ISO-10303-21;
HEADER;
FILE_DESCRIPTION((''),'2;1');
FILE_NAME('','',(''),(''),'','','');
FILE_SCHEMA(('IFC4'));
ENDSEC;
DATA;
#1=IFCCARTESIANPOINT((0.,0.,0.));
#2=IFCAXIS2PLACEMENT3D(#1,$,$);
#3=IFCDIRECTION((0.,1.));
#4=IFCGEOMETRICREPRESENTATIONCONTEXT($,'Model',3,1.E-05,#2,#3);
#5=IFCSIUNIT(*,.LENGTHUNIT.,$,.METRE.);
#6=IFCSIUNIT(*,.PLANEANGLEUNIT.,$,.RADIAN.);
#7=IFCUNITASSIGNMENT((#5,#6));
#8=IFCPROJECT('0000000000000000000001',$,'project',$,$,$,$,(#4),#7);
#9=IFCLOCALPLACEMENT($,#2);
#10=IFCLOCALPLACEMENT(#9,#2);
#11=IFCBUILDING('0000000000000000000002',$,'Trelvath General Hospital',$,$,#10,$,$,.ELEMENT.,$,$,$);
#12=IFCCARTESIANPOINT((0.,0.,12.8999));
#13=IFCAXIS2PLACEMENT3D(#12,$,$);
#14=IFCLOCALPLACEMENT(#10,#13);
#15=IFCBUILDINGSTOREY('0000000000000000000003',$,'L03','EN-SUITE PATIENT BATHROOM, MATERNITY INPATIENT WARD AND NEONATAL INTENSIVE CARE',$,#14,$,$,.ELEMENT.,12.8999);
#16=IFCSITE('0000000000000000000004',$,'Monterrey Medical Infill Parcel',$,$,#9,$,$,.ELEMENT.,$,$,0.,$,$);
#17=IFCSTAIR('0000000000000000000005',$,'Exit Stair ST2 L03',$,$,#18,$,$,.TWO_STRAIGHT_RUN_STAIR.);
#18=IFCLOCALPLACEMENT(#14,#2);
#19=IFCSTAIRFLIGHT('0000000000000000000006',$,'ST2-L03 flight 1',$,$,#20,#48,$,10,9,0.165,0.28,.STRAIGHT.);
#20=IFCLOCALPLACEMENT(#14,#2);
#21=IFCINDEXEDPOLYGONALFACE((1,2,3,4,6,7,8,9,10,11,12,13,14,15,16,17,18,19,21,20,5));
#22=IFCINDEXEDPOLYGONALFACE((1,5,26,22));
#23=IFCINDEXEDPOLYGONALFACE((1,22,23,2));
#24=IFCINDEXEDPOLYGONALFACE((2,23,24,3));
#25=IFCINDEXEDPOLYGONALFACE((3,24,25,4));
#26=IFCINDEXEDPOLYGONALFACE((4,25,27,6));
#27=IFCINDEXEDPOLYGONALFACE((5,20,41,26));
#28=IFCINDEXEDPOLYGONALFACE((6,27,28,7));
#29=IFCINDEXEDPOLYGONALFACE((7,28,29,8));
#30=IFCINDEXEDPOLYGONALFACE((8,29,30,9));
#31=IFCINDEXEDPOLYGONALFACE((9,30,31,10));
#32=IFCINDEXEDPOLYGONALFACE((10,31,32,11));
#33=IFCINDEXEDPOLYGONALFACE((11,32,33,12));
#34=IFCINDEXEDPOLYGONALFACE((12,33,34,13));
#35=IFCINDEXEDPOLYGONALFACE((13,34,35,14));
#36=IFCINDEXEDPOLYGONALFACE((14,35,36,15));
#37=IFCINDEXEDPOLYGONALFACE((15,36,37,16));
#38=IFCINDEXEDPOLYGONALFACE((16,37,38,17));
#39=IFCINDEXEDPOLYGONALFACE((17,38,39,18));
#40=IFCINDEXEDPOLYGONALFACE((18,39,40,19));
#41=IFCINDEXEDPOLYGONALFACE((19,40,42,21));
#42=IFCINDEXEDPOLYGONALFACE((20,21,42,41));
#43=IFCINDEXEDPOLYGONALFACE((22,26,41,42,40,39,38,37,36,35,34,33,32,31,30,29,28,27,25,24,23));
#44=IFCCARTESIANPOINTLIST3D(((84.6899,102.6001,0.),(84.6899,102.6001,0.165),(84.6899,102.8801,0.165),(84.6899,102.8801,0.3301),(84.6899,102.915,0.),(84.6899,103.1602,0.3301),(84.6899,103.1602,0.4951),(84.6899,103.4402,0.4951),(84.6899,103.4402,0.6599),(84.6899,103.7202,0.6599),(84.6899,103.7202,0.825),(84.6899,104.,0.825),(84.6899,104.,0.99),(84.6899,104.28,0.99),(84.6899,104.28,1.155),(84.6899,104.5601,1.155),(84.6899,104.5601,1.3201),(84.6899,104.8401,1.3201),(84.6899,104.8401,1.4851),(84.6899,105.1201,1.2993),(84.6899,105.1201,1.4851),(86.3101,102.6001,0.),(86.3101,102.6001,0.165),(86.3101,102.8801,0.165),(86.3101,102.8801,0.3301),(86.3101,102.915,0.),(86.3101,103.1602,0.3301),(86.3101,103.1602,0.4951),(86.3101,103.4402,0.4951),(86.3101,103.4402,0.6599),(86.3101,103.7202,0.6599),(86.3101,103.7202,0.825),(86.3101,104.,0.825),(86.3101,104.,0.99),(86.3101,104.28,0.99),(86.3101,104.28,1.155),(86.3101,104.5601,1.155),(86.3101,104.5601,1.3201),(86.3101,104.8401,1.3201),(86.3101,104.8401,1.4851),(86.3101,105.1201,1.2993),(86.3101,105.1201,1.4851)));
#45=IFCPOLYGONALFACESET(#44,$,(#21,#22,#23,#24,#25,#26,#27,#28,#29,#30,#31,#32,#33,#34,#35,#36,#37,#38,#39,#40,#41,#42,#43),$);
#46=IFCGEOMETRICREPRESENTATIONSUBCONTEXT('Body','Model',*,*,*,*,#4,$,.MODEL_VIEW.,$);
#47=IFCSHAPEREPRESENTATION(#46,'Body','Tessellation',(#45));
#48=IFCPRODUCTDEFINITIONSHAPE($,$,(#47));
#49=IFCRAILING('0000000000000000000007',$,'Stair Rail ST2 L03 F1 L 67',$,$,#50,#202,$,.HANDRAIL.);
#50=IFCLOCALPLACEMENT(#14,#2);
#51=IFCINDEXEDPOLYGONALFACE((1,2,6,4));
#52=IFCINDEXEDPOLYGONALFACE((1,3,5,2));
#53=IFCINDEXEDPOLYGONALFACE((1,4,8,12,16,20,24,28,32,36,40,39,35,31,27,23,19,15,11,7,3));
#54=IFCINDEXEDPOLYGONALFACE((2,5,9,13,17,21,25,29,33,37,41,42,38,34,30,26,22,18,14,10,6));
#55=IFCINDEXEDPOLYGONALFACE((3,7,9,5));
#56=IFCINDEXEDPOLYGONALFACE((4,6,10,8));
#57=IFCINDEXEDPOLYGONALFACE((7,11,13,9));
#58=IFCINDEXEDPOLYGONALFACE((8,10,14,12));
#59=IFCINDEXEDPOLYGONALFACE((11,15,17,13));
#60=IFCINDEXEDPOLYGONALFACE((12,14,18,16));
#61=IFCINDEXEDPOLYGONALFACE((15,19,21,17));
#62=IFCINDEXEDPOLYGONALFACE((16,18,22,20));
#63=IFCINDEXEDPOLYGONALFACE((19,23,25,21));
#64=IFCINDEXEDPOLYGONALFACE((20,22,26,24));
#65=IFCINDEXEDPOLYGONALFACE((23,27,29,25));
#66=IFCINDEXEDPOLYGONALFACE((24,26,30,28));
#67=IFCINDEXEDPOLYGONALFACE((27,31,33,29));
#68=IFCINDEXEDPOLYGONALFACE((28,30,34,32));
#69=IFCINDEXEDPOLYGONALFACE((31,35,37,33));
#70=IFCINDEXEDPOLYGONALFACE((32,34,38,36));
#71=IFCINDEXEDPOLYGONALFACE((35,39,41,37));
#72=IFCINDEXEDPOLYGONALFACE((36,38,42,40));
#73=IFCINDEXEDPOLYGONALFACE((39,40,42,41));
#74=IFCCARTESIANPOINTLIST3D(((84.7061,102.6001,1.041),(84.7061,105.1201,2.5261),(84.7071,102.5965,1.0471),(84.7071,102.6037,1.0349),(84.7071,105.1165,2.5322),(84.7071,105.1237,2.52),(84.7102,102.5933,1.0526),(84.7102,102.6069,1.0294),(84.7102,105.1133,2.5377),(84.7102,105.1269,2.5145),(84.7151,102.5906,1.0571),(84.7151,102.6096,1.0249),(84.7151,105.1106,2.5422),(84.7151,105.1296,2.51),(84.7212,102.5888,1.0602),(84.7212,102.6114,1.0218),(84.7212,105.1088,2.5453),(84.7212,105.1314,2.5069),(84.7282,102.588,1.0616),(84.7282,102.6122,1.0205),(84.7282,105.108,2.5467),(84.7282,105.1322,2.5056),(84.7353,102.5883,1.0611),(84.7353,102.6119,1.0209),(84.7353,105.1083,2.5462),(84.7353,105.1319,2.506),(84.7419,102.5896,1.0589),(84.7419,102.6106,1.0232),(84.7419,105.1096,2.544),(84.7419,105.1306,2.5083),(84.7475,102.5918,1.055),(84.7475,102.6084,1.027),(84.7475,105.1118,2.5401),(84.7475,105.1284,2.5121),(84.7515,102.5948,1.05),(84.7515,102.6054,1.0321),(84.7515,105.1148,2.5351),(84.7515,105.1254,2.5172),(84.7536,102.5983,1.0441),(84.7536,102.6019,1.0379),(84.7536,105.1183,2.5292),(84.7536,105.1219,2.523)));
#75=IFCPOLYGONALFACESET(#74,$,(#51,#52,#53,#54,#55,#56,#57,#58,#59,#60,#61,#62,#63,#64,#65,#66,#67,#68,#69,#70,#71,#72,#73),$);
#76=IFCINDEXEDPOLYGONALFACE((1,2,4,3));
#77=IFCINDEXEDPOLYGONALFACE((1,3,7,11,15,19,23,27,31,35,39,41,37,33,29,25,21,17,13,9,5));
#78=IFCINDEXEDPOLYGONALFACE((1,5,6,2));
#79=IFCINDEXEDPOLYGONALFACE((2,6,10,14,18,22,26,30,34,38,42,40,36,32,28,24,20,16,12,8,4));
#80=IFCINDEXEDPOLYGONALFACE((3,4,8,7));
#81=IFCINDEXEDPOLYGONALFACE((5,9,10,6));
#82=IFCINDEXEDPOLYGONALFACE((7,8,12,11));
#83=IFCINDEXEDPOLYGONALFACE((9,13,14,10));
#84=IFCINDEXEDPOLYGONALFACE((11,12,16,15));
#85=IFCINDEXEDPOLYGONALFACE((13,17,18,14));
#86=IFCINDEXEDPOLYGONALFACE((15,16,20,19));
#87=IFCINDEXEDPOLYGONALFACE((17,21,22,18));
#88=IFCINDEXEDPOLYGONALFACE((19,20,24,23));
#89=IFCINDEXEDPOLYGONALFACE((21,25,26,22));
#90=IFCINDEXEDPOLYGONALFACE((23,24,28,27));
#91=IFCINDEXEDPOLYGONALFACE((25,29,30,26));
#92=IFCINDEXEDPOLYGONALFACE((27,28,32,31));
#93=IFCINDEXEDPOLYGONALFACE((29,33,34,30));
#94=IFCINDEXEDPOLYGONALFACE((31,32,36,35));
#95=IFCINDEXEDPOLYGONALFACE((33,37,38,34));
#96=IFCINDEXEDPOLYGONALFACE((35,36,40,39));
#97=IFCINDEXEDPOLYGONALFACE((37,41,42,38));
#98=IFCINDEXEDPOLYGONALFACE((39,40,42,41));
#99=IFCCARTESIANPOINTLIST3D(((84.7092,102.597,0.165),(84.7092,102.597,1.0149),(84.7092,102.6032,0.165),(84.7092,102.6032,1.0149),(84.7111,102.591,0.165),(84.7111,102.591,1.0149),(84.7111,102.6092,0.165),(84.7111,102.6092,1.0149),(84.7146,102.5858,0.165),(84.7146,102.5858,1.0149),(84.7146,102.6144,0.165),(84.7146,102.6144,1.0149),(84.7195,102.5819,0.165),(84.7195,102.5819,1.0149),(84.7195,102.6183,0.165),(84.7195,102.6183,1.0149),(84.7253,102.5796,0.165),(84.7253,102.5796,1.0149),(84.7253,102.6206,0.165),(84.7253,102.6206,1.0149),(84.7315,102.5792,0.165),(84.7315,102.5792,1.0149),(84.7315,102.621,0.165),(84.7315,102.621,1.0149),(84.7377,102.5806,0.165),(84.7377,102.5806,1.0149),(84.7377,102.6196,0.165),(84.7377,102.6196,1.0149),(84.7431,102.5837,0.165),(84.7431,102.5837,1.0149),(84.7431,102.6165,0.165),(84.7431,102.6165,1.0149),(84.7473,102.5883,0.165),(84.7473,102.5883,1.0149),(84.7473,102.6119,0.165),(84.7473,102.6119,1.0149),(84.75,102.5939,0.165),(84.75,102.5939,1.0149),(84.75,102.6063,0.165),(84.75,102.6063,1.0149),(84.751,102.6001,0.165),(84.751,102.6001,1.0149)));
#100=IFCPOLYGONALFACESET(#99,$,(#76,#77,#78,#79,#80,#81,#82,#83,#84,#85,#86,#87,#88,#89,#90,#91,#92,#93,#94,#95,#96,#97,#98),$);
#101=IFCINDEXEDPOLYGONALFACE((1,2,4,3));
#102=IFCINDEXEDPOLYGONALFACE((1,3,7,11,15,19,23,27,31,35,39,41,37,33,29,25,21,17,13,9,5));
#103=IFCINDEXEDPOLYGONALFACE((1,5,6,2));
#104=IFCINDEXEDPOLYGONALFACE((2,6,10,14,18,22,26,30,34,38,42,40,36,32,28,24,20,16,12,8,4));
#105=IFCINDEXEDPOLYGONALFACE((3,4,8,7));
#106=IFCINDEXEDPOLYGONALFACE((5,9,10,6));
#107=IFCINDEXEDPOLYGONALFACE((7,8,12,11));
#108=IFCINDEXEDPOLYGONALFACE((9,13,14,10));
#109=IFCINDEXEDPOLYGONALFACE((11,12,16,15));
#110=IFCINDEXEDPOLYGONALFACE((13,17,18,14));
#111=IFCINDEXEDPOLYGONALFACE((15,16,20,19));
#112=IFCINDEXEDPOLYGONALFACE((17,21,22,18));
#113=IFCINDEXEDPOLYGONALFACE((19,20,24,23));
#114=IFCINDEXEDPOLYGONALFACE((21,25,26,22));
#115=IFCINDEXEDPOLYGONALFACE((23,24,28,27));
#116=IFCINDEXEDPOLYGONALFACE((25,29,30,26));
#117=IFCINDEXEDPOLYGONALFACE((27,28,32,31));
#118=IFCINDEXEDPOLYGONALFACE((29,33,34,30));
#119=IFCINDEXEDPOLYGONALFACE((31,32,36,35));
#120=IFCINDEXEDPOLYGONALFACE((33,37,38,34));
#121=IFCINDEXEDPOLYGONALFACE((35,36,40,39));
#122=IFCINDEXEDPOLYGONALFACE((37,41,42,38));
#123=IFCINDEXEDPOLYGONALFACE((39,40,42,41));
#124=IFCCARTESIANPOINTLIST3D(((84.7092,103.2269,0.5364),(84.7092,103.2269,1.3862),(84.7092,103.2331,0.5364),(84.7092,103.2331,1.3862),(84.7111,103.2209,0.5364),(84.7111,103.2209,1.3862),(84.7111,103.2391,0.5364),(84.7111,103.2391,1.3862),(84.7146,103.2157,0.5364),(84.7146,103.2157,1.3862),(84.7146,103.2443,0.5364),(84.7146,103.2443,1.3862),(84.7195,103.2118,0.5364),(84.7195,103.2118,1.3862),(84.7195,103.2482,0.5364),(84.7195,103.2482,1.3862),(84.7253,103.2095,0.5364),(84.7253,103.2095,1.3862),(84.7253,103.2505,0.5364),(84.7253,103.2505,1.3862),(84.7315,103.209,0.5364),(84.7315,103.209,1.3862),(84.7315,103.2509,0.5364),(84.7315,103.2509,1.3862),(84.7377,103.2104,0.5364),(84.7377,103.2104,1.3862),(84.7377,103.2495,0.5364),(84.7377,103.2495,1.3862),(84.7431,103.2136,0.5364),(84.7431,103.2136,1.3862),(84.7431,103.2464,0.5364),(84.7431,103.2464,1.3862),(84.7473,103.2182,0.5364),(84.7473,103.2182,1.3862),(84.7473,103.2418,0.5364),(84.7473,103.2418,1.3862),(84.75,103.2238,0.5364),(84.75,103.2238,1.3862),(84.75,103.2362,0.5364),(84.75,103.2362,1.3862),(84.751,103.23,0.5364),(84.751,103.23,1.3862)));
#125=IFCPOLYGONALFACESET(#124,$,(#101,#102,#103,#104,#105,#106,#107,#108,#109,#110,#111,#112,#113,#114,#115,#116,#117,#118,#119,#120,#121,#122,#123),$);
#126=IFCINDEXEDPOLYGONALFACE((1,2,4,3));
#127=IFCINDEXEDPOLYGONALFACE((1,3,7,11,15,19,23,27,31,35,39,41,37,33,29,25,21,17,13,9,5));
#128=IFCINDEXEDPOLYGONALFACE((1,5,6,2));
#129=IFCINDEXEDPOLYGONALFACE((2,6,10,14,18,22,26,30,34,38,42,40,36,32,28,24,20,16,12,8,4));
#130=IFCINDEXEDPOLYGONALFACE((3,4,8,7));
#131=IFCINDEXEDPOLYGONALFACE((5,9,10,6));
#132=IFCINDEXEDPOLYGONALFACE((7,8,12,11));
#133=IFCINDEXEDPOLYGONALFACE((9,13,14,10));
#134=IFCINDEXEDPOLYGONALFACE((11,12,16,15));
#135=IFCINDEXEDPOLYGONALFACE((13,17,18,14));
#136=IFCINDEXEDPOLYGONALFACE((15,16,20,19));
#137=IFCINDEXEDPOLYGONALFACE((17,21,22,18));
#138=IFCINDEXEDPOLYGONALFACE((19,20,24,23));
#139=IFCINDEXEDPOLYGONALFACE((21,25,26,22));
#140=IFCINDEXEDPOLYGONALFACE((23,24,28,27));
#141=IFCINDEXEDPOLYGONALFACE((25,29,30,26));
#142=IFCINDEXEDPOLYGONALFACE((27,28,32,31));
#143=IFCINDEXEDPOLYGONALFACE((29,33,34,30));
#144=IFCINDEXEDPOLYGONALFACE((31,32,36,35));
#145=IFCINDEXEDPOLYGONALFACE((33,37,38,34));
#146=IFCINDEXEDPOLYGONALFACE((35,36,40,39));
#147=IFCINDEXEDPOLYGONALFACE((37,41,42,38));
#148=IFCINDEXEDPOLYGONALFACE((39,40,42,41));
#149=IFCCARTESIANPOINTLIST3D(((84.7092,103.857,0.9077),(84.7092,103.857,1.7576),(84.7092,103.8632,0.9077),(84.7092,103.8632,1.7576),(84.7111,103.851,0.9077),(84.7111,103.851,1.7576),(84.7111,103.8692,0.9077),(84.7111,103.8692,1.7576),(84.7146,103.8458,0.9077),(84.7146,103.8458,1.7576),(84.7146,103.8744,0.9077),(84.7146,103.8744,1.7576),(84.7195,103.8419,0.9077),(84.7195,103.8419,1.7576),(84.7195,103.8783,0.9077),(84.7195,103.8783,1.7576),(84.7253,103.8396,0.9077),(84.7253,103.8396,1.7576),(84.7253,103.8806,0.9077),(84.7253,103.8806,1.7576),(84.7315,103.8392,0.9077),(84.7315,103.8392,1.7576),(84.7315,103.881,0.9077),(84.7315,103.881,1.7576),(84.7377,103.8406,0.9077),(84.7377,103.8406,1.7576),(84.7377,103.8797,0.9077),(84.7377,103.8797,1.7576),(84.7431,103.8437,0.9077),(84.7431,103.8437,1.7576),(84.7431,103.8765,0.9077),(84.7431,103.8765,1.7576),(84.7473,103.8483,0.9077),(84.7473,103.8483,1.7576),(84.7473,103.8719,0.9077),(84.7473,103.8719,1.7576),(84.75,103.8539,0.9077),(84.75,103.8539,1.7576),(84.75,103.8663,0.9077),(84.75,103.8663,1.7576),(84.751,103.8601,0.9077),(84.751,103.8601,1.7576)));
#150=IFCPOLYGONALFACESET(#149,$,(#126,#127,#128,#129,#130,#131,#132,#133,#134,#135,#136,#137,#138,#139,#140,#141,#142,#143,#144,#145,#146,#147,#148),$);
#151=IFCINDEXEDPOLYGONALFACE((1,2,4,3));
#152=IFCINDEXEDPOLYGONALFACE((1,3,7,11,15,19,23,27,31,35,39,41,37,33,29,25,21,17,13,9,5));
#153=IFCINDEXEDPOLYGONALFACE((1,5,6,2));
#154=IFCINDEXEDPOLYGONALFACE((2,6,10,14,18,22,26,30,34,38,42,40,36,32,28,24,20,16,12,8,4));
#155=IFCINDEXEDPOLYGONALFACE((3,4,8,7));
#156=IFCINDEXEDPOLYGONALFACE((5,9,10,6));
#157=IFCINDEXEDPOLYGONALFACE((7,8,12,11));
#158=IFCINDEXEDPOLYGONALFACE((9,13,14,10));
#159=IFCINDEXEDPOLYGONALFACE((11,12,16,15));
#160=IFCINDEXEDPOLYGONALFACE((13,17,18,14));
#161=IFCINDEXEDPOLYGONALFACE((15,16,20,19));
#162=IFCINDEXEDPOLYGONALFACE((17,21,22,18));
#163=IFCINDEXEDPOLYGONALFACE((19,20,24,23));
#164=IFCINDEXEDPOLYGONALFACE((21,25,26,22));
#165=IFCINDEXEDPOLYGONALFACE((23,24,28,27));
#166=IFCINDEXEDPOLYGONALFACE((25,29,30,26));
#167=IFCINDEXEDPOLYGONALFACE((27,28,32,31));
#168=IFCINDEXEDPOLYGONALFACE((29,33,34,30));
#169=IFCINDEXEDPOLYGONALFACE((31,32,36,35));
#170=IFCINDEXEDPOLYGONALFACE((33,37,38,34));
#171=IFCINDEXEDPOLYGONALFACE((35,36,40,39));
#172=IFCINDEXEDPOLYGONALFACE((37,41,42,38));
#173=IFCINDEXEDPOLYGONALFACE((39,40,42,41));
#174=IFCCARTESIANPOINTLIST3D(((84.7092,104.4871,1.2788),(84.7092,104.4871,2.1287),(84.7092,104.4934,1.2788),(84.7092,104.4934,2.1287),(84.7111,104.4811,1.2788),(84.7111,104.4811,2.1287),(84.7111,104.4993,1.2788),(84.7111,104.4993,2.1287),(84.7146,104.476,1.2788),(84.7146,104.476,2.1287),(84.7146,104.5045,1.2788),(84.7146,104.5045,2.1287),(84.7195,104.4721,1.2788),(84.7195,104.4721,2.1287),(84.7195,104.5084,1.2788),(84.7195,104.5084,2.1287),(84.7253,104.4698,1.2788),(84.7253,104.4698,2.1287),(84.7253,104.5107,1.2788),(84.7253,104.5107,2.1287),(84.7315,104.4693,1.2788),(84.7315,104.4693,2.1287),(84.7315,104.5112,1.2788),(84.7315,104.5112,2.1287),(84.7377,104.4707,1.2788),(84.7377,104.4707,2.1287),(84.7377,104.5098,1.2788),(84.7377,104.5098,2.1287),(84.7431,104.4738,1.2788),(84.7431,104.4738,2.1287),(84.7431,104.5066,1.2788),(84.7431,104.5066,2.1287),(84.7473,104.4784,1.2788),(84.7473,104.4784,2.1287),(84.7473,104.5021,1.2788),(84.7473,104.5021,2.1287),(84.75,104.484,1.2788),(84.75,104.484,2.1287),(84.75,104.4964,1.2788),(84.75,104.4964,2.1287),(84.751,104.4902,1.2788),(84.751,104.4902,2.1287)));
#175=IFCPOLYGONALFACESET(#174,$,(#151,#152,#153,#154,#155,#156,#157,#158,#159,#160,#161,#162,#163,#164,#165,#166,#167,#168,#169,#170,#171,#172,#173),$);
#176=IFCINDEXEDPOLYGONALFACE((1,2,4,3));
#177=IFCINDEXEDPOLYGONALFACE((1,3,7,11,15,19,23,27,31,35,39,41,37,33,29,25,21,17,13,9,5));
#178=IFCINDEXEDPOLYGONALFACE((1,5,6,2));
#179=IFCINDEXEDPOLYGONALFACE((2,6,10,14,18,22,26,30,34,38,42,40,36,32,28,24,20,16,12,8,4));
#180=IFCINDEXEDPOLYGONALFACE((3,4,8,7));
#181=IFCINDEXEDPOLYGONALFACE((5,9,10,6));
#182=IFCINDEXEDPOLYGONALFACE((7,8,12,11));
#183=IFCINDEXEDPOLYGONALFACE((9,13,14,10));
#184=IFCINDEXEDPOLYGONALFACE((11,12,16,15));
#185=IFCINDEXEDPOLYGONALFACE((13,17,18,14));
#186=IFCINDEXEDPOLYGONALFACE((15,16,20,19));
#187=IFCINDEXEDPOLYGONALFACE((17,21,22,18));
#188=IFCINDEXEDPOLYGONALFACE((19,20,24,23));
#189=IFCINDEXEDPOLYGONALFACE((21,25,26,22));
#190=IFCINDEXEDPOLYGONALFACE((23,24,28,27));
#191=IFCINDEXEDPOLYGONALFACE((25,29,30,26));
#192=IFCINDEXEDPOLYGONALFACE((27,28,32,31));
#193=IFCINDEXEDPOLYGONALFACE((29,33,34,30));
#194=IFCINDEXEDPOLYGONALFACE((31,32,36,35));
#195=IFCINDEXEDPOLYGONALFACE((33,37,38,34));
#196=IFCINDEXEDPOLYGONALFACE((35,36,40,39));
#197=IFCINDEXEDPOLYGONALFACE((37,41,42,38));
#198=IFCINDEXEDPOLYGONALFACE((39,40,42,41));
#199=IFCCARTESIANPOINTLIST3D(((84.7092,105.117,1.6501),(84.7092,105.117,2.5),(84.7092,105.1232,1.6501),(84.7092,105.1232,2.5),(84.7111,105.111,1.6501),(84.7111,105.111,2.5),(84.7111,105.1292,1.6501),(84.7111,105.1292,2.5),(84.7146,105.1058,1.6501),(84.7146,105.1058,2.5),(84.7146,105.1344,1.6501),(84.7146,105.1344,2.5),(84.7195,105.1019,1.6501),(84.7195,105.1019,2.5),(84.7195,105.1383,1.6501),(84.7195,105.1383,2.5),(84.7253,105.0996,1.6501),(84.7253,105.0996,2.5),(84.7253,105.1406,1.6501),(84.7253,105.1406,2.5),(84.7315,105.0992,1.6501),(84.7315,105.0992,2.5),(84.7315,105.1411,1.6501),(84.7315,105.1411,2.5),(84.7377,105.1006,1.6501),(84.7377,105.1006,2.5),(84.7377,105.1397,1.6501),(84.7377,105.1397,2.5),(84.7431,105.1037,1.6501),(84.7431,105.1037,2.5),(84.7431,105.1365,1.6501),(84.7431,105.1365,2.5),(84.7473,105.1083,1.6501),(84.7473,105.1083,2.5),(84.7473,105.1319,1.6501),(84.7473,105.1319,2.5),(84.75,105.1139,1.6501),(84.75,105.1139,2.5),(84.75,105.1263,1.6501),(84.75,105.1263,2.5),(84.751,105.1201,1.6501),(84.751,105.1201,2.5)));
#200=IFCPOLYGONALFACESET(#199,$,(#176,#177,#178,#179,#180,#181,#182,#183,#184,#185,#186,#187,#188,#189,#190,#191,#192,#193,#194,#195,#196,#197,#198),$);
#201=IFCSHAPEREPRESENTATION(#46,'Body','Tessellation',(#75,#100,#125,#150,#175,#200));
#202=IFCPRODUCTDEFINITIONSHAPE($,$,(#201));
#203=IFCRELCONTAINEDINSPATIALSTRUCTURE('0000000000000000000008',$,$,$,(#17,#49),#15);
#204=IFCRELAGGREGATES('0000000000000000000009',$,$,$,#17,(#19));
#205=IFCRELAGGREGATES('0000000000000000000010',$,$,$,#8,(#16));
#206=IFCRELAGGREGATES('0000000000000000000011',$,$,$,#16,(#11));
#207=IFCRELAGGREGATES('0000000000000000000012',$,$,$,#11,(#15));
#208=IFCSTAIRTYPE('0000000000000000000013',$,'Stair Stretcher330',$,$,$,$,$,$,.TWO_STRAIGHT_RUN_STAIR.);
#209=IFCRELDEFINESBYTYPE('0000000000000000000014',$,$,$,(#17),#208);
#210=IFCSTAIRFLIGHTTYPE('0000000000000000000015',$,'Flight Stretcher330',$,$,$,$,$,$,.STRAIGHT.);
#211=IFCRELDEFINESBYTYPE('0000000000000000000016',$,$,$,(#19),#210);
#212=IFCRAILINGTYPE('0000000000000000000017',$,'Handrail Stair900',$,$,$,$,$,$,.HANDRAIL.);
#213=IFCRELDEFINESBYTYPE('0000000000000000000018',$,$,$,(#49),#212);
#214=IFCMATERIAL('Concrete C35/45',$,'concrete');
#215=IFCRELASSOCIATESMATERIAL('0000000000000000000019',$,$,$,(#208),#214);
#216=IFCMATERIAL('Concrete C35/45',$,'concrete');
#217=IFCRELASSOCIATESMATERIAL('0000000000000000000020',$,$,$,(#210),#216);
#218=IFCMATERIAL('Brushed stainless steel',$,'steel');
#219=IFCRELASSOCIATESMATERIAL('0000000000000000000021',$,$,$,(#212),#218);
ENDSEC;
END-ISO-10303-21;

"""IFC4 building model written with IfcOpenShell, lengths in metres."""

from ifc_helpers import new_model, si_unit, direction, frame, origin, origin_2d, place, context, subcontext, project, spatial, polyline, circle, outline, extrude, material, type_object, element, aggregate, save


model = new_model("IFC4")

# Units and contexts
model_context = context("Model", 3, precision=1e-05, world=origin(), true_north=direction((0.0, 1.0)))
body_context = subcontext(model_context, "Body", "Model", "MODEL_VIEW")
ifc_project = project(units=[si_unit("LENGTHUNIT", "METRE"), si_unit("PLANEANGLEUNIT", "RADIAN")], contexts=[model_context])

# Site, building, storey
site_placement = place(None, origin())
site = spatial("IfcSite", under=ifc_project, at=site_placement, Name="Monterrey Medical Infill Parcel", CompositionType="ELEMENT", RefElevation=0.0)
building_placement = place(site_placement, origin())
building = spatial("IfcBuilding", under=site, at=building_placement, Name="Trelvath General Hospital", CompositionType="ELEMENT")
storey_placement = place(building_placement, frame((0.0, 0.0, 12.8999)))
storey = spatial("IfcBuildingStorey", under=building, at=storey_placement, Name="L03", Description="EN-SUITE PATIENT BATHROOM, MATERNITY INPATIENT WARD AND NEONATAL INTENSIVE CARE", CompositionType="ELEMENT", Elevation=12.8999)

# Stair, stair flight
ifc_material_1 = material(Name="Concrete C35/45", Category="concrete")
stair_type = type_object("IfcStairType", Name="Stair Stretcher330", PredefinedType="TWO_STRAIGHT_RUN_STAIR", material=ifc_material_1)
stair_placement = place(storey_placement, origin())
stair = element("IfcStair", 1, at=stair_placement, inside=storey, type_object=stair_type, Name="Exit Stair ST2 L03", PredefinedType="TWO_STRAIGHT_RUN_STAIR")
ifc_material_2 = material(Name="Concrete C35/45", Category="concrete")
stair_flight_type = type_object("IfcStairFlightType", Name="Flight Stretcher330", PredefinedType="STRAIGHT", material=ifc_material_2)
stair_flight_placement = place(storey_placement, frame((85.5, 102.6001, 0.0), z_axis=(0.0, 0.0, 1.0), x_axis=(0.0, 1.0, 0.0)))
stair_flight = element("IfcStairFlight", 2, at=stair_flight_placement, type_object=stair_flight_type, Name="ST2-L03 flight 1", NumberOfRisers=10, NumberOfTreads=9, PredefinedType="STRAIGHT", RiserHeight=0.165, TreadLength=0.28, context=body_context, shape_type="SweptSolid", body=[
    extrude(outline(polyline([(0.0, 0.0), (0.0, 0.165), (0.28, 0.165), (0.28, 0.3301), (0.5601, 0.3301), (0.5601, 0.4951), (0.8401, 0.4951), (0.8401, 0.6599), (1.1201, 0.6599), (1.1201, 0.825), (1.3999, 0.825), (1.3999, 0.99), (1.6799, 0.99), (1.6799, 1.155), (1.96, 1.155), (1.96, 1.3201), (2.24, 1.3201), (2.24, 1.4851), (2.52, 1.4851), (2.52, 1.6499), (2.52, 1.2993), (0.3149, 0.0), (0.0, 0.0)])), frame((0.0, 0.8101, 0.0), z_axis=(0.0, -1.0, 0.0), x_axis=(1.0, 0.0, 0.0)), (0.0, 0.0, 1.0), 1.6201),
])
aggregate(stair, [stair_flight])

# Railing
ifc_material_3 = material(Name="Brushed stainless steel", Category="steel")
railing_type = type_object("IfcRailingType", Name="Handrail Stair900", PredefinedType="HANDRAIL", material=ifc_material_3)
railing_placement = place(storey_placement, frame((84.73, 102.6001, 0.165)))
element("IfcRailing", 3, at=railing_placement, inside=storey, type_object=railing_type, Name="Stair Rail ST2 L03 F1 L 67", PredefinedType="HANDRAIL", context=body_context, shape_type="SweptSolid", body=[
    extrude(circle(Radius=0.0239, at=origin_2d()), frame((0.0, 0.0, 0.876), z_axis=(0.0, 0.861524, 0.507717), x_axis=(-1.0, 0.0, 0.0)), (0.0, 0.0, 1.0), 2.925),
    extrude(circle(Radius=0.021, at=origin_2d()), origin(), (0.0, 0.0, 1.0), 0.8499),
    extrude(circle(Radius=0.021, at=origin_2d()), frame((0.0, 0.6299, 0.3713)), (0.0, 0.0, 1.0), 0.8499),
    extrude(circle(Radius=0.021, at=origin_2d()), frame((0.0, 1.26, 0.7427)), (0.0, 0.0, 1.0), 0.8499),
    extrude(circle(Radius=0.021, at=origin_2d()), frame((0.0, 1.8901, 1.1138)), (0.0, 0.0, 1.0), 0.8499),
    extrude(circle(Radius=0.021, at=origin_2d()), frame((0.0, 2.52, 1.4851)), (0.0, 0.0, 1.0), 0.8499),
])

save(model, "model.ifc")
